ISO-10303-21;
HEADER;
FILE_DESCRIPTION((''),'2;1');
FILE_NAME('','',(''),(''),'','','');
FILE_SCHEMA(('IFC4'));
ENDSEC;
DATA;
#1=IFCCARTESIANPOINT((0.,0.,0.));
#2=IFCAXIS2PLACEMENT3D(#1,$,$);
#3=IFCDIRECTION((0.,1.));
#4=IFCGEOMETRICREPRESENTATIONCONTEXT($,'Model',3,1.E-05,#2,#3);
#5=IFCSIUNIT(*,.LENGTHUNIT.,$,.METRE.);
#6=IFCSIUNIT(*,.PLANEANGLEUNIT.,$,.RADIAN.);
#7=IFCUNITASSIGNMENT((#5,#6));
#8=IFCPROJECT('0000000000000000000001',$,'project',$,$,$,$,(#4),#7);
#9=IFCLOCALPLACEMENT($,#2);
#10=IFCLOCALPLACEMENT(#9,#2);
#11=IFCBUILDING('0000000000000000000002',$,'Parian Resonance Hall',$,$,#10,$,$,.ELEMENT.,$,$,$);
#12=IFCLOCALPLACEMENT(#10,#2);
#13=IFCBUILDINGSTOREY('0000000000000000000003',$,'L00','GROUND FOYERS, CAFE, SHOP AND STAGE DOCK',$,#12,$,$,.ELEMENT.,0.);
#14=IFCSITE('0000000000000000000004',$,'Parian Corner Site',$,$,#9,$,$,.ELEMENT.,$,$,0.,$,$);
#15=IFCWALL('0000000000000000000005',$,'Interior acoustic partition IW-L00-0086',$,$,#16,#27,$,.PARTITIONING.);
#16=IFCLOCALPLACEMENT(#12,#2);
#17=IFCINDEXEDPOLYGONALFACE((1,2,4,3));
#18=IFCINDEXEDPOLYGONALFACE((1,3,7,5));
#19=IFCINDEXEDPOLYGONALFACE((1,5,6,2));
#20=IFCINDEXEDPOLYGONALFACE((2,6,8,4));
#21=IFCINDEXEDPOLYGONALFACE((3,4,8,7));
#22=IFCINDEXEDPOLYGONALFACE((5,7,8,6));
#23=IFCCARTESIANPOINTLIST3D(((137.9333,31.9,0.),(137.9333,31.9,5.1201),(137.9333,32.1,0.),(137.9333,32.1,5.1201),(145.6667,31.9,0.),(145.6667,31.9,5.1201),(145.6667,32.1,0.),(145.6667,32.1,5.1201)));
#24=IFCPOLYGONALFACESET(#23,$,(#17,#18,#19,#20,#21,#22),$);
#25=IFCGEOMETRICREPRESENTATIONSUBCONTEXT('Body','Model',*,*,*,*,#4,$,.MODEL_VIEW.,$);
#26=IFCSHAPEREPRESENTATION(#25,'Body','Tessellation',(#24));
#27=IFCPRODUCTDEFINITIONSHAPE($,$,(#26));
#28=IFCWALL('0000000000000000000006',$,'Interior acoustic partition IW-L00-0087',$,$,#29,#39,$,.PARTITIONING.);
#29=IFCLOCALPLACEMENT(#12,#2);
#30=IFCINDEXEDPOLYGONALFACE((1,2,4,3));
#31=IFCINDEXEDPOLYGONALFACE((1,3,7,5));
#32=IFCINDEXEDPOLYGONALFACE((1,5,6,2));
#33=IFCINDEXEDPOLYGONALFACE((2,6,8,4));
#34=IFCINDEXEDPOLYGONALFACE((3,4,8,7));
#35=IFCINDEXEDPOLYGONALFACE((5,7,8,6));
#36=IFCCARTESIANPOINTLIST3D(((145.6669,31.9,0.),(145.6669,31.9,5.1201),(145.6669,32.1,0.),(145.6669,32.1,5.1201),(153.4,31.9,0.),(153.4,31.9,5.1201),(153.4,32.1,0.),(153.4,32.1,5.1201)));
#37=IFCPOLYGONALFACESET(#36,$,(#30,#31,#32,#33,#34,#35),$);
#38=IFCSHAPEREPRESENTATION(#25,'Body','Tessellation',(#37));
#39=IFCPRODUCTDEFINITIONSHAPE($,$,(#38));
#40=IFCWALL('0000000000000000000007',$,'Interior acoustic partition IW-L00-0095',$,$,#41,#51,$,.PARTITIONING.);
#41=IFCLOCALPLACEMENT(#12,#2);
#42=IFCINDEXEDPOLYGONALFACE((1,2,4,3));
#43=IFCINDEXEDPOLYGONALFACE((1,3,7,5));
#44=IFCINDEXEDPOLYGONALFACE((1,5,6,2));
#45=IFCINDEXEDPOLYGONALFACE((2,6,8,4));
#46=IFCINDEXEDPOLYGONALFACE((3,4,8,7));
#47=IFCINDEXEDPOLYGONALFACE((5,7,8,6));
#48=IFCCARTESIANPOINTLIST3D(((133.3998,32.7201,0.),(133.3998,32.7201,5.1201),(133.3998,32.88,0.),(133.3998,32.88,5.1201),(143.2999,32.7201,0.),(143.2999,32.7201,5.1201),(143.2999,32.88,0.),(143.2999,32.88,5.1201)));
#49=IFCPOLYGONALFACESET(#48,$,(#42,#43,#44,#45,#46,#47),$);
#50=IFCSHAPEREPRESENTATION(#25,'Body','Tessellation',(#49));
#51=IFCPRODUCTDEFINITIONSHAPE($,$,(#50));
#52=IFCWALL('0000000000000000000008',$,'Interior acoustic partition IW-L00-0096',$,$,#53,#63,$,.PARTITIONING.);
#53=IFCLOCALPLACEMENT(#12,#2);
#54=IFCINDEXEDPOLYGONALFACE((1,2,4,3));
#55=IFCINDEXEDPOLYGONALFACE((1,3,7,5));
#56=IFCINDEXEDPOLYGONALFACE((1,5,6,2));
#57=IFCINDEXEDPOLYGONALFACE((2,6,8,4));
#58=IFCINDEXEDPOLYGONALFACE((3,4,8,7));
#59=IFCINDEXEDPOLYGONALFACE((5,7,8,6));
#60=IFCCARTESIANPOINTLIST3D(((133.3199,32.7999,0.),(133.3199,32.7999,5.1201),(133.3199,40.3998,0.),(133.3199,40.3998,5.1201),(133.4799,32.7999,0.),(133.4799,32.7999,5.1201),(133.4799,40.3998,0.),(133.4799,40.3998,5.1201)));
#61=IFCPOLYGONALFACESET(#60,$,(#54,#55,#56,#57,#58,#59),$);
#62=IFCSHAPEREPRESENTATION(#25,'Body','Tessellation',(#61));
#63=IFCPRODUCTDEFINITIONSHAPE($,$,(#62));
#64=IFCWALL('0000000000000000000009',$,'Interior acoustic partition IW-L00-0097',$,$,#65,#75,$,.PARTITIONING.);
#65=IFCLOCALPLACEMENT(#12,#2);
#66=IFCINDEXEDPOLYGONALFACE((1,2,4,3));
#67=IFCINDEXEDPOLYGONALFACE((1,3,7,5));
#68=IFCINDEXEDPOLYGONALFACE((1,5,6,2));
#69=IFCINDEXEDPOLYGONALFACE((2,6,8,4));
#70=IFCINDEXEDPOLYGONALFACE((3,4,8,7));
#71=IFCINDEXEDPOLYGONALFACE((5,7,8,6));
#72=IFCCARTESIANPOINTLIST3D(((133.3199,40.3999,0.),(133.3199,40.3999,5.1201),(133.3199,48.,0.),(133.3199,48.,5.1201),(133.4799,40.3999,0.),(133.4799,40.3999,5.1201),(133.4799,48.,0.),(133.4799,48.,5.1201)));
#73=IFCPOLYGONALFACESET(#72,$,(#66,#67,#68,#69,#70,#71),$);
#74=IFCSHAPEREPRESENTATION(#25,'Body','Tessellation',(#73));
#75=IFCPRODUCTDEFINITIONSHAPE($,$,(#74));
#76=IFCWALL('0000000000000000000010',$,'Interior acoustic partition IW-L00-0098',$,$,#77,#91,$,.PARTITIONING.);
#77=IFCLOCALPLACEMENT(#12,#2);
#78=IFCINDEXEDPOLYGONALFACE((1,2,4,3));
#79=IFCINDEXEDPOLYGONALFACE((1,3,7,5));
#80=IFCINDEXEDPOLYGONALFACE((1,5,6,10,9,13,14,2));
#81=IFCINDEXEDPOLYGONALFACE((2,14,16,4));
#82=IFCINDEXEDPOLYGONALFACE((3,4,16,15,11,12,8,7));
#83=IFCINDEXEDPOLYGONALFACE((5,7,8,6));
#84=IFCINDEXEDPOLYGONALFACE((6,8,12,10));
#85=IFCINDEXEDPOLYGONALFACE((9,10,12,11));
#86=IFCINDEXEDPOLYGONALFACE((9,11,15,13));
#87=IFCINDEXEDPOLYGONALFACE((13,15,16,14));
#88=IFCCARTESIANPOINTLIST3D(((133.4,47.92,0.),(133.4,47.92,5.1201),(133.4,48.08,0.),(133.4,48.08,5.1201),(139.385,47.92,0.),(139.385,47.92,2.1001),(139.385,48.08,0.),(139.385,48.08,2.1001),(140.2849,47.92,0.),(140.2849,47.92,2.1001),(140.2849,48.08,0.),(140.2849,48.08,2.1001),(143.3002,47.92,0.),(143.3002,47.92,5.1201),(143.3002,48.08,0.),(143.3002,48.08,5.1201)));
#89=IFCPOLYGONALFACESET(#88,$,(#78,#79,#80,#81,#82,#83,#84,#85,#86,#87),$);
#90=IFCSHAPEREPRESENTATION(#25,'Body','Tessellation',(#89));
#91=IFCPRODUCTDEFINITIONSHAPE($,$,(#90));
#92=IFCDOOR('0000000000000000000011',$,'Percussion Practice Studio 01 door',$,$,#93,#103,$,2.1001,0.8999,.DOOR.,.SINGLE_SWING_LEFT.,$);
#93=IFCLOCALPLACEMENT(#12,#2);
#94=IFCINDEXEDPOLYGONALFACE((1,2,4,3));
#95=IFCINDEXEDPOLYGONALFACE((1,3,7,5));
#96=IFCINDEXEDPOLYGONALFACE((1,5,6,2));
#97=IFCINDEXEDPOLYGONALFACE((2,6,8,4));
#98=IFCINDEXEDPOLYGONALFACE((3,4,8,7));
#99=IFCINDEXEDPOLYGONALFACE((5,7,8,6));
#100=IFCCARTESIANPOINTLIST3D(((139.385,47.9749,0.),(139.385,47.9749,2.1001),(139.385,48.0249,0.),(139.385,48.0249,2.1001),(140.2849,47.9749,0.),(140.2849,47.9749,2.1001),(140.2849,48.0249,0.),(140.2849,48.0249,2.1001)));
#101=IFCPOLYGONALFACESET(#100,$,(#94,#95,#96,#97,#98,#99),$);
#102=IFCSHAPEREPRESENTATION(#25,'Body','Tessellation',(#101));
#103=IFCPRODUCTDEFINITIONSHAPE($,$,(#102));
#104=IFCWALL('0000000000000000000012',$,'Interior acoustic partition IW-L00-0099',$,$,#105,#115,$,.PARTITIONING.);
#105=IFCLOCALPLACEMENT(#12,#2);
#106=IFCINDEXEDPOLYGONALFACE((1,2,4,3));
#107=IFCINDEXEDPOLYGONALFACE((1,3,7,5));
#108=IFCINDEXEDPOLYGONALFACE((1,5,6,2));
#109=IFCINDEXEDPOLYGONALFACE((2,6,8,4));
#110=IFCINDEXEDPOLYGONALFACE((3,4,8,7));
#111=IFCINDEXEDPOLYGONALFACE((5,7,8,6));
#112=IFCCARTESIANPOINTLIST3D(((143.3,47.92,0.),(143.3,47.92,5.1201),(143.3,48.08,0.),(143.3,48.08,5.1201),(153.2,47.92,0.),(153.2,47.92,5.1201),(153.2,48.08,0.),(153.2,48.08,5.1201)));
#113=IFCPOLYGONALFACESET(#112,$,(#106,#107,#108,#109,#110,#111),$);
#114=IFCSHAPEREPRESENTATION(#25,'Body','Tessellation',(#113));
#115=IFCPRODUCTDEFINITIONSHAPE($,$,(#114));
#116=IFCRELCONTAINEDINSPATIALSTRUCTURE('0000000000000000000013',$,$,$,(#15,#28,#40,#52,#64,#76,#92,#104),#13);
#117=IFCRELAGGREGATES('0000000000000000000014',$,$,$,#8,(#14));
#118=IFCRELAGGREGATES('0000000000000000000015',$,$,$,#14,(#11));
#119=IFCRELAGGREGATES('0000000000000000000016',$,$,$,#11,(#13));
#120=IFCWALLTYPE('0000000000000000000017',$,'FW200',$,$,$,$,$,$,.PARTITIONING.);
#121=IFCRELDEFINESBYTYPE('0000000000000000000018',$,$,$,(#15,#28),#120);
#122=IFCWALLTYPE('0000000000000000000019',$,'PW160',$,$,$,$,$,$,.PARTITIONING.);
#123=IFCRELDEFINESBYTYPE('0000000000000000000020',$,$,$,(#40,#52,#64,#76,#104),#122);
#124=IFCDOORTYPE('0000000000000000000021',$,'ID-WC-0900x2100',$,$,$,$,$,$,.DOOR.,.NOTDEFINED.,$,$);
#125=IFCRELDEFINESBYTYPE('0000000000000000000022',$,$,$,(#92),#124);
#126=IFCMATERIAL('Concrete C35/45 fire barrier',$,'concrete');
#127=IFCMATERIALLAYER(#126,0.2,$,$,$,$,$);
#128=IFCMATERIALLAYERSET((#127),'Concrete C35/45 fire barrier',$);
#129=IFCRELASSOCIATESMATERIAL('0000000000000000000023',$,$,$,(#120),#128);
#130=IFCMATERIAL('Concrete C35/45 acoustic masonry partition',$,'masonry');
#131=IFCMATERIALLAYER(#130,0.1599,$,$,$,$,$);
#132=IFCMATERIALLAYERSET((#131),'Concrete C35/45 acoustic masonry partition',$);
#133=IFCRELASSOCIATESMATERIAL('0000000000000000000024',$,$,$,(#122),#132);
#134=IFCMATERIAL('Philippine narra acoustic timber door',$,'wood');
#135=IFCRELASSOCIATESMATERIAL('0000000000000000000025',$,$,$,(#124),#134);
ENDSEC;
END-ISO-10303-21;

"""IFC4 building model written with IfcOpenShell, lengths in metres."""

from ifc_helpers import new_model, si_unit, direction, frame, frame_2d, origin, place, context, subcontext, project, spatial, rectangle, extrude, material, layer, layer_set, type_object, element, fill, save


model = new_model("IFC4")

# Units and contexts
model_context = context("Model", 3, precision=1e-05, world=origin(), true_north=direction((0.0, 1.0)))
body_context = subcontext(model_context, "Body", "Model", "MODEL_VIEW")
ifc_project = project(units=[si_unit("LENGTHUNIT", "METRE"), si_unit("PLANEANGLEUNIT", "RADIAN")], contexts=[model_context])

# Site, building, storey
site_placement = place(None, origin())
site = spatial("IfcSite", under=ifc_project, at=site_placement, Name="Parian Corner Site", CompositionType="ELEMENT", RefElevation=0.0)
building_placement = place(site_placement, origin())
building = spatial("IfcBuilding", under=site, at=building_placement, Name="Parian Resonance Hall", CompositionType="ELEMENT")
storey_placement = place(building_placement, origin())
storey = spatial("IfcBuildingStorey", under=building, at=storey_placement, Name="L00", Description="GROUND FOYERS, CAFE, SHOP AND STAGE DOCK", CompositionType="ELEMENT", Elevation=0.0)

# Shared definitions
ifc_material_1 = material(Name="Concrete C35/45 fire barrier", Category="concrete")
ifc_layer_1 = layer(ifc_material_1, 0.2)
ifc_layer_set_1 = layer_set([ifc_layer_1], Name="Concrete C35/45 fire barrier")
wall_type_1 = type_object("IfcWallType", Name="FW200", PredefinedType="PARTITIONING", material=ifc_layer_set_1)

# Walls
wall_1_placement = place(storey_placement, frame((137.9333, 32.0, 0.0), z_axis=(0.0, 0.0, 1.0), x_axis=(1.0, 0.0, 0.0)))
element("IfcWall", 1, at=wall_1_placement, inside=storey, type_object=wall_type_1, Name="Interior acoustic partition IW-L00-0086", PredefinedType="PARTITIONING", context=body_context, shape_type="SweptSolid", body=[
    extrude(rectangle(XDim=7.7334, YDim=0.2, at=frame_2d((3.8667, 0.0))), origin(), (0.0, 0.0, 1.0), 5.1201),
])
wall_2_placement = place(storey_placement, frame((145.6667, 32.0, 0.0), z_axis=(0.0, 0.0, 1.0), x_axis=(1.0, 0.0, 0.0)))
element("IfcWall", 2, at=wall_2_placement, inside=storey, type_object=wall_type_1, Name="Interior acoustic partition IW-L00-0087", PredefinedType="PARTITIONING", context=body_context, shape_type="SweptSolid", body=[
    extrude(rectangle(XDim=7.7332, YDim=0.2, at=frame_2d((3.8667, 0.0))), origin(), (0.0, 0.0, 1.0), 5.1201),
])
ifc_material_2 = material(Name="Concrete C35/45 acoustic masonry partition", Category="masonry")
ifc_layer_2 = layer(ifc_material_2, 0.1599)
ifc_layer_set_2 = layer_set([ifc_layer_2], Name="Concrete C35/45 acoustic masonry partition")
wall_type_2 = type_object("IfcWallType", Name="PW160", PredefinedType="PARTITIONING", material=ifc_layer_set_2)
wall_3_placement = place(storey_placement, frame((143.3, 32.8, 0.0), z_axis=(0.0, 0.0, 1.0), x_axis=(-1.0, 0.0, 0.0)))
element("IfcWall", 3, at=wall_3_placement, inside=storey, type_object=wall_type_2, Name="Interior acoustic partition IW-L00-0095", PredefinedType="PARTITIONING", context=body_context, shape_type="SweptSolid", body=[
    extrude(rectangle(XDim=9.9001, YDim=0.1599, at=frame_2d((4.9502, 0.0))), origin(), (0.0, 0.0, 1.0), 5.1201),
])
wall_4_placement = place(storey_placement, frame((133.3999, 32.8, 0.0), z_axis=(0.0, 0.0, 1.0), x_axis=(0.0, 1.0, 0.0)))
element("IfcWall", 4, at=wall_4_placement, inside=storey, type_object=wall_type_2, Name="Interior acoustic partition IW-L00-0096", PredefinedType="PARTITIONING", context=body_context, shape_type="SweptSolid", body=[
    extrude(rectangle(XDim=7.5999, YDim=0.1599, at=frame_2d((3.7998, 0.0))), origin(), (0.0, 0.0, 1.0), 5.1201),
])
wall_5_placement = place(storey_placement, frame((133.3999, 40.3999, 0.0), z_axis=(0.0, 0.0, 1.0), x_axis=(0.0, 1.0, 0.0)))
element("IfcWall", 5, at=wall_5_placement, inside=storey, type_object=wall_type_2, Name="Interior acoustic partition IW-L00-0097", PredefinedType="PARTITIONING", context=body_context, shape_type="SweptSolid", body=[
    extrude(rectangle(XDim=7.6001, YDim=0.1599, at=frame_2d((3.8, 0.0))), origin(), (0.0, 0.0, 1.0), 5.1201),
])

# Wall, opening, door
wall_6_placement = place(storey_placement, frame((133.3999, 48.0, 0.0), z_axis=(0.0, 0.0, 1.0), x_axis=(1.0, 0.0, 0.0)))
wall_6 = element("IfcWall", 6, at=wall_6_placement, inside=storey, type_object=wall_type_2, Name="Interior acoustic partition IW-L00-0098", PredefinedType="PARTITIONING", context=body_context, shape_type="SweptSolid", body=[
    extrude(rectangle(XDim=9.9001, YDim=0.1599, at=frame_2d((4.9502, 0.0))), origin(), (0.0, 0.0, 1.0), 5.1201),
])
opening_1_placement = place(wall_6_placement, frame((5.9851, 0.0, 0.0)))
opening_1 = element("IfcOpeningElement", 7, at=opening_1_placement, cuts=wall_6, PredefinedType="OPENING", context=body_context, shape_type="SweptSolid", body=[
    extrude(rectangle(XDim=0.8999, YDim=2.1001, at=frame_2d((0.45, 1.05))), frame((0.0, 0.0898, 0.0), z_axis=(0.0, -1.0, 0.0), x_axis=(1.0, 0.0, 0.0)), (0.0, 0.0, 1.0), 0.1799),
])
ifc_material_3 = material(Name="Philippine narra acoustic timber door", Category="wood")
door_type_1 = type_object("IfcDoorType", Name="ID-WC-0900x2100", OperationType="NOTDEFINED", PredefinedType="DOOR", material=ifc_material_3)
door_1_placement = place(opening_1_placement, origin())
door_1 = element("IfcDoor", 8, at=door_1_placement, inside=storey, type_object=door_type_1, Name="Percussion Practice Studio 01 door", OperationType="SINGLE_SWING_LEFT", OverallHeight=2.1001, OverallWidth=0.8999, PredefinedType="DOOR", context=body_context, shape_type="SweptSolid", body=[
    extrude(rectangle(XDim=0.8999, YDim=2.1001, at=frame_2d((0.45, 1.05))), frame((0.0, 0.0249, 0.0), z_axis=(0.0, -1.0, 0.0), x_axis=(1.0, 0.0, 0.0)), (0.0, 0.0, 1.0), 0.05),
])
fill(opening_1, door_1)

# Wall
wall_7_placement = place(storey_placement, frame((143.3, 48.0, 0.0), z_axis=(0.0, 0.0, 1.0), x_axis=(1.0, 0.0, 0.0)))
element("IfcWall", 9, at=wall_7_placement, inside=storey, type_object=wall_type_2, Name="Interior acoustic partition IW-L00-0099", PredefinedType="PARTITIONING", context=body_context, shape_type="SweptSolid", body=[
    extrude(rectangle(XDim=9.8999, YDim=0.1599, at=frame_2d((4.95, 0.0))), origin(), (0.0, 0.0, 1.0), 5.1201),
])

save(model, "model.ifc")
